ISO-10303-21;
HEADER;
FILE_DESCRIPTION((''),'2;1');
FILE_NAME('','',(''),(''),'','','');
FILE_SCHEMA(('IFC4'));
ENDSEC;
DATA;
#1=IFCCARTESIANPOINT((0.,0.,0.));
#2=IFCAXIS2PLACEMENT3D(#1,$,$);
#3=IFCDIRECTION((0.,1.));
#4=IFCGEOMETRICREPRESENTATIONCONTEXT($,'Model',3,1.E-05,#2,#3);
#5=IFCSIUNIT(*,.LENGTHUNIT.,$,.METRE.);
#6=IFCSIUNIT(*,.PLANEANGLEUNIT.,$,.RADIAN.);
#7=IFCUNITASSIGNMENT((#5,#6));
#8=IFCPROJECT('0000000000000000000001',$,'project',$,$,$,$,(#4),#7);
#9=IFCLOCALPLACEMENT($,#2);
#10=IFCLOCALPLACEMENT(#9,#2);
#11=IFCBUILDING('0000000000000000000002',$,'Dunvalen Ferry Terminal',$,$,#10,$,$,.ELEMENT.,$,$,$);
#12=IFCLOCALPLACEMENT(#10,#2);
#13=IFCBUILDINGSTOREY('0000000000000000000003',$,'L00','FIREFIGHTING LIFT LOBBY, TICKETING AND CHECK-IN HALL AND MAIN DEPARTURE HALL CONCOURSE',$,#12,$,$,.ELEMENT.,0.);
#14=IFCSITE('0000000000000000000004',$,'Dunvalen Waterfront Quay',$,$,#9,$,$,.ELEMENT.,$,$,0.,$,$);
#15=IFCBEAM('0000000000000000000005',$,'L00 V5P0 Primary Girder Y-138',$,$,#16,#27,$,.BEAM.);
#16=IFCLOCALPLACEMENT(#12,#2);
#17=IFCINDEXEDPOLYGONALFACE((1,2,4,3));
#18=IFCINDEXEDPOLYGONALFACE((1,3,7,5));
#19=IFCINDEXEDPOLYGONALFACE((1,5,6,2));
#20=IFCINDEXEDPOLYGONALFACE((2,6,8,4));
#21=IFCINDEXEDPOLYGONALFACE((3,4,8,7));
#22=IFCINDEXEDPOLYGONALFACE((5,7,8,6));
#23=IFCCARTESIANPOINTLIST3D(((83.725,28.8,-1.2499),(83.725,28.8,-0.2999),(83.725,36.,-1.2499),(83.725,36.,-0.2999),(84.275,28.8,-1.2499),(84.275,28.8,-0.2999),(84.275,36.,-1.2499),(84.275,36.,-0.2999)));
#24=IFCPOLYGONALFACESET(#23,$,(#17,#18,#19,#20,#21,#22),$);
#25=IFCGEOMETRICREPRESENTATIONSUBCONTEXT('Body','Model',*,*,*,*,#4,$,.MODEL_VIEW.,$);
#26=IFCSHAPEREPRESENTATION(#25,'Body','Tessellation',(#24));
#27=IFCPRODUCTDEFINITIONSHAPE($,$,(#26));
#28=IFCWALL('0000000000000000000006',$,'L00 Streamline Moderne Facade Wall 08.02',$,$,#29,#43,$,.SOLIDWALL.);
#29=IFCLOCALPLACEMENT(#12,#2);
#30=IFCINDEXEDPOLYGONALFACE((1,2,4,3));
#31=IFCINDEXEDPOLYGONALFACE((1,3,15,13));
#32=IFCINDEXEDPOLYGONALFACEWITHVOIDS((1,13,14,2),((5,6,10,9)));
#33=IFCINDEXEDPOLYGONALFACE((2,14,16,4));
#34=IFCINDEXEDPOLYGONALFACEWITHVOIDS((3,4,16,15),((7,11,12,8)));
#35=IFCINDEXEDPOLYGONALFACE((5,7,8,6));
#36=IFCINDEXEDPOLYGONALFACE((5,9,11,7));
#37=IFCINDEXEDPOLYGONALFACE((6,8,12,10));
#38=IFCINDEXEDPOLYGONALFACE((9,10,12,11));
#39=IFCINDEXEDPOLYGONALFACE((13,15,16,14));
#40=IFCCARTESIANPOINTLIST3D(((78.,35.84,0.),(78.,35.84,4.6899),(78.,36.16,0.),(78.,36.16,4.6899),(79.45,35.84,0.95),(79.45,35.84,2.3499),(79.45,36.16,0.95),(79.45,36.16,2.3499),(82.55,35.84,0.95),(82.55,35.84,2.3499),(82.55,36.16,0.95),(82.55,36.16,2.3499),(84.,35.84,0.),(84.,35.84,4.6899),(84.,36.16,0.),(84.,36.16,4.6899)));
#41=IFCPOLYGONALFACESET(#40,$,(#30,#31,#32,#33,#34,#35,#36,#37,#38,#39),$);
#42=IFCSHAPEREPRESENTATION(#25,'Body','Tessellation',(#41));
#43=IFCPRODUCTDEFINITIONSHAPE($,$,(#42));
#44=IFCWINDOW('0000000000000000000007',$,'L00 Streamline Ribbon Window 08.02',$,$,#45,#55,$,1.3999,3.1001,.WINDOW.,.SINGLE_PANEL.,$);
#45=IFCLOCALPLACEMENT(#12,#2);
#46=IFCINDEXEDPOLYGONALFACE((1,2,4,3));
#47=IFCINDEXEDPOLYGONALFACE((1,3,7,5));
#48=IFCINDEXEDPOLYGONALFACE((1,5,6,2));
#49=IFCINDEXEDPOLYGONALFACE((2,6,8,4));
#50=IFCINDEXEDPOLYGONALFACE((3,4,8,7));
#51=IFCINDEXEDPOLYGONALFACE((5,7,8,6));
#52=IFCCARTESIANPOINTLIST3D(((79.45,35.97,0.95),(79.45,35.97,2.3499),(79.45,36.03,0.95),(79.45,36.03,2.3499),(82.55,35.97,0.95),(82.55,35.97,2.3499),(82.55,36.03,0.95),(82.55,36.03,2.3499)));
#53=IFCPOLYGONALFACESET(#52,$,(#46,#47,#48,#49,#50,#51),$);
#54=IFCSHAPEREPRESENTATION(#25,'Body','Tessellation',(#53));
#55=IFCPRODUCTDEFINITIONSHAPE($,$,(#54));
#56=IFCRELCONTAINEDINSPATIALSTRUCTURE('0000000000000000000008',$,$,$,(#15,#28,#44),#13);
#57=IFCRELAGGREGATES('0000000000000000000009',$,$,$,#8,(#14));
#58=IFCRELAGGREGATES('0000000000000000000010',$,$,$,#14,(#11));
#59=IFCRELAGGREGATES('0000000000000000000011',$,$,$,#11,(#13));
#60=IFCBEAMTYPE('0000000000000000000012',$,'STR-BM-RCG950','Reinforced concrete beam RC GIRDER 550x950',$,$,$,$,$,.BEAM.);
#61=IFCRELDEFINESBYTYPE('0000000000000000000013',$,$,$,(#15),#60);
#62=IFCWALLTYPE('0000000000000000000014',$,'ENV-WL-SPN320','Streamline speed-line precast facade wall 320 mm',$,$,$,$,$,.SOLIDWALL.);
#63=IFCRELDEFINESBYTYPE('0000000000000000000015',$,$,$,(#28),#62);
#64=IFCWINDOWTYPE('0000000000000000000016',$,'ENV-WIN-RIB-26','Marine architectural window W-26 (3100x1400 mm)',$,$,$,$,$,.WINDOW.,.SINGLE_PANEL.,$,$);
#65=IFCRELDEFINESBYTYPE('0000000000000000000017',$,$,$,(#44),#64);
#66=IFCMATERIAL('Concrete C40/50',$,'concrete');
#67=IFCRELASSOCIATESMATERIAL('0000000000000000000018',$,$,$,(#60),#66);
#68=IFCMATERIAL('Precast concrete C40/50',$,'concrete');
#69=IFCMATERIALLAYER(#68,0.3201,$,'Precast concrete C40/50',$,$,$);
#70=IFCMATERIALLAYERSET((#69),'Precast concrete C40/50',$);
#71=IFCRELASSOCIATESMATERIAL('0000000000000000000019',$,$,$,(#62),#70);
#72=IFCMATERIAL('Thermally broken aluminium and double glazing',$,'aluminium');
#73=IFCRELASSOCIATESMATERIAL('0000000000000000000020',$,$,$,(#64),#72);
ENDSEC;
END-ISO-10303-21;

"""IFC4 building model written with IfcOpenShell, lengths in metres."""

from ifc_helpers import new_model, si_unit, direction, frame, frame_2d, origin, origin_2d, place, context, subcontext, project, spatial, rectangle, extrude, material, layer, layer_set, material_profile, profile_set, type_object, element, fill, save


model = new_model("IFC4")

# Units and contexts
model_context = context("Model", 3, precision=1e-05, world=origin(), true_north=direction((0.0, 1.0)))
body_context = subcontext(model_context, "Body", "Model", "MODEL_VIEW")
ifc_project = project(units=[si_unit("LENGTHUNIT", "METRE"), si_unit("PLANEANGLEUNIT", "RADIAN")], contexts=[model_context])

# Site, building, storey
site_placement = place(None, origin())
site = spatial("IfcSite", under=ifc_project, at=site_placement, Name="Dunvalen Waterfront Quay", CompositionType="ELEMENT", RefElevation=0.0)
building_placement = place(site_placement, origin())
building = spatial("IfcBuilding", under=site, at=building_placement, Name="Dunvalen Ferry Terminal", CompositionType="ELEMENT")
storey_placement = place(building_placement, origin())
storey = spatial("IfcBuildingStorey", under=building, at=storey_placement, Name="L00", Description="FIREFIGHTING LIFT LOBBY, TICKETING AND CHECK-IN HALL AND MAIN DEPARTURE HALL CONCOURSE", CompositionType="ELEMENT", Elevation=0.0)

# Shared definitions
ifc_material_1 = material(Name="Concrete C40/50", Category="concrete")

# Beam
ifc_material_profile_1 = material_profile(ifc_material_1, rectangle(XDim=0.55, YDim=0.95, at=origin_2d()), Name="Concrete C40/50")
ifc_profile_set_1 = profile_set([ifc_material_profile_1], Name="Concrete C40/50")
beam_type_1 = type_object("IfcBeamType", Name="STR-BM-RCG950", Description="Reinforced concrete beam RC GIRDER 550x950", PredefinedType="BEAM", material=ifc_profile_set_1)
beam_1_placement = place(storey_placement, frame((84.0, 28.8, -0.7749), z_axis=(0.0, 1.0, 0.0), x_axis=(-1.0, 0.0, 0.0)))
element("IfcBeam", 1, at=beam_1_placement, inside=storey, type_object=beam_type_1, Name="L00 V5P0 Primary Girder Y-138", PredefinedType="BEAM", context=body_context, shape_type="SweptSolid", body=[
    extrude(rectangle(XDim=0.55, YDim=0.95, at=origin_2d()), origin(), (0.0, 0.0, 1.0), 7.2),
])

# Wall, opening, window
ifc_material_2 = material(Name="Precast concrete C40/50", Category="concrete")
ifc_layer = layer(ifc_material_2, 0.3201, Name="Precast concrete C40/50")
ifc_layer_set = layer_set([ifc_layer], Name="Precast concrete C40/50")
wall_type = type_object("IfcWallType", Name="ENV-WL-SPN320", Description="Streamline speed-line precast facade wall 320 mm", PredefinedType="SOLIDWALL", material=ifc_layer_set)
wall_placement = place(storey_placement, frame((84.0, 36.0, 0.0), z_axis=(0.0, 0.0, 1.0), x_axis=(-1.0, 0.0, 0.0)))
wall = element("IfcWall", 2, at=wall_placement, inside=storey, type_object=wall_type, Name="L00 Streamline Moderne Facade Wall 08.02", PredefinedType="SOLIDWALL", context=body_context, shape_type="SweptSolid", body=[
    extrude(rectangle(XDim=6.0, YDim=0.3201, at=frame_2d((3.0, 0.0))), origin(), (0.0, 0.0, 1.0), 4.6899),
])
opening_placement = place(wall_placement, frame((1.45, 0.0, 0.95)))
opening = element("IfcOpeningElement", 3, at=opening_placement, cuts=wall, PredefinedType="OPENING", context=body_context, shape_type="SweptSolid", body=[
    extrude(rectangle(XDim=3.1001, YDim=1.3999, at=frame_2d((1.55, 0.7))), frame((0.0, 0.1699, 0.0), z_axis=(0.0, -1.0, 0.0), x_axis=(1.0, 0.0, 0.0)), (0.0, 0.0, 1.0), 0.3401),
])
ifc_material_3 = material(Name="Thermally broken aluminium and double glazing", Category="aluminium")
window_type = type_object("IfcWindowType", Name="ENV-WIN-RIB-26", Description="Marine architectural window W-26 (3100x1400 mm)", PartitioningType="SINGLE_PANEL", PredefinedType="WINDOW", material=ifc_material_3)
window_placement = place(opening_placement, origin())
window = element("IfcWindow", 4, at=window_placement, inside=storey, type_object=window_type, Name="L00 Streamline Ribbon Window 08.02", OverallHeight=1.3999, OverallWidth=3.1001, PartitioningType="SINGLE_PANEL", PredefinedType="WINDOW", context=body_context, shape_type="SweptSolid", body=[
    extrude(rectangle(XDim=3.1001, YDim=1.3999, at=frame_2d((1.55, 0.7))), frame((0.0, 0.03, 0.0), z_axis=(0.0, -1.0, 0.0), x_axis=(1.0, 0.0, 0.0)), (0.0, 0.0, 1.0), 0.0601),
])
fill(opening, window)

save(model, "model.ifc")
